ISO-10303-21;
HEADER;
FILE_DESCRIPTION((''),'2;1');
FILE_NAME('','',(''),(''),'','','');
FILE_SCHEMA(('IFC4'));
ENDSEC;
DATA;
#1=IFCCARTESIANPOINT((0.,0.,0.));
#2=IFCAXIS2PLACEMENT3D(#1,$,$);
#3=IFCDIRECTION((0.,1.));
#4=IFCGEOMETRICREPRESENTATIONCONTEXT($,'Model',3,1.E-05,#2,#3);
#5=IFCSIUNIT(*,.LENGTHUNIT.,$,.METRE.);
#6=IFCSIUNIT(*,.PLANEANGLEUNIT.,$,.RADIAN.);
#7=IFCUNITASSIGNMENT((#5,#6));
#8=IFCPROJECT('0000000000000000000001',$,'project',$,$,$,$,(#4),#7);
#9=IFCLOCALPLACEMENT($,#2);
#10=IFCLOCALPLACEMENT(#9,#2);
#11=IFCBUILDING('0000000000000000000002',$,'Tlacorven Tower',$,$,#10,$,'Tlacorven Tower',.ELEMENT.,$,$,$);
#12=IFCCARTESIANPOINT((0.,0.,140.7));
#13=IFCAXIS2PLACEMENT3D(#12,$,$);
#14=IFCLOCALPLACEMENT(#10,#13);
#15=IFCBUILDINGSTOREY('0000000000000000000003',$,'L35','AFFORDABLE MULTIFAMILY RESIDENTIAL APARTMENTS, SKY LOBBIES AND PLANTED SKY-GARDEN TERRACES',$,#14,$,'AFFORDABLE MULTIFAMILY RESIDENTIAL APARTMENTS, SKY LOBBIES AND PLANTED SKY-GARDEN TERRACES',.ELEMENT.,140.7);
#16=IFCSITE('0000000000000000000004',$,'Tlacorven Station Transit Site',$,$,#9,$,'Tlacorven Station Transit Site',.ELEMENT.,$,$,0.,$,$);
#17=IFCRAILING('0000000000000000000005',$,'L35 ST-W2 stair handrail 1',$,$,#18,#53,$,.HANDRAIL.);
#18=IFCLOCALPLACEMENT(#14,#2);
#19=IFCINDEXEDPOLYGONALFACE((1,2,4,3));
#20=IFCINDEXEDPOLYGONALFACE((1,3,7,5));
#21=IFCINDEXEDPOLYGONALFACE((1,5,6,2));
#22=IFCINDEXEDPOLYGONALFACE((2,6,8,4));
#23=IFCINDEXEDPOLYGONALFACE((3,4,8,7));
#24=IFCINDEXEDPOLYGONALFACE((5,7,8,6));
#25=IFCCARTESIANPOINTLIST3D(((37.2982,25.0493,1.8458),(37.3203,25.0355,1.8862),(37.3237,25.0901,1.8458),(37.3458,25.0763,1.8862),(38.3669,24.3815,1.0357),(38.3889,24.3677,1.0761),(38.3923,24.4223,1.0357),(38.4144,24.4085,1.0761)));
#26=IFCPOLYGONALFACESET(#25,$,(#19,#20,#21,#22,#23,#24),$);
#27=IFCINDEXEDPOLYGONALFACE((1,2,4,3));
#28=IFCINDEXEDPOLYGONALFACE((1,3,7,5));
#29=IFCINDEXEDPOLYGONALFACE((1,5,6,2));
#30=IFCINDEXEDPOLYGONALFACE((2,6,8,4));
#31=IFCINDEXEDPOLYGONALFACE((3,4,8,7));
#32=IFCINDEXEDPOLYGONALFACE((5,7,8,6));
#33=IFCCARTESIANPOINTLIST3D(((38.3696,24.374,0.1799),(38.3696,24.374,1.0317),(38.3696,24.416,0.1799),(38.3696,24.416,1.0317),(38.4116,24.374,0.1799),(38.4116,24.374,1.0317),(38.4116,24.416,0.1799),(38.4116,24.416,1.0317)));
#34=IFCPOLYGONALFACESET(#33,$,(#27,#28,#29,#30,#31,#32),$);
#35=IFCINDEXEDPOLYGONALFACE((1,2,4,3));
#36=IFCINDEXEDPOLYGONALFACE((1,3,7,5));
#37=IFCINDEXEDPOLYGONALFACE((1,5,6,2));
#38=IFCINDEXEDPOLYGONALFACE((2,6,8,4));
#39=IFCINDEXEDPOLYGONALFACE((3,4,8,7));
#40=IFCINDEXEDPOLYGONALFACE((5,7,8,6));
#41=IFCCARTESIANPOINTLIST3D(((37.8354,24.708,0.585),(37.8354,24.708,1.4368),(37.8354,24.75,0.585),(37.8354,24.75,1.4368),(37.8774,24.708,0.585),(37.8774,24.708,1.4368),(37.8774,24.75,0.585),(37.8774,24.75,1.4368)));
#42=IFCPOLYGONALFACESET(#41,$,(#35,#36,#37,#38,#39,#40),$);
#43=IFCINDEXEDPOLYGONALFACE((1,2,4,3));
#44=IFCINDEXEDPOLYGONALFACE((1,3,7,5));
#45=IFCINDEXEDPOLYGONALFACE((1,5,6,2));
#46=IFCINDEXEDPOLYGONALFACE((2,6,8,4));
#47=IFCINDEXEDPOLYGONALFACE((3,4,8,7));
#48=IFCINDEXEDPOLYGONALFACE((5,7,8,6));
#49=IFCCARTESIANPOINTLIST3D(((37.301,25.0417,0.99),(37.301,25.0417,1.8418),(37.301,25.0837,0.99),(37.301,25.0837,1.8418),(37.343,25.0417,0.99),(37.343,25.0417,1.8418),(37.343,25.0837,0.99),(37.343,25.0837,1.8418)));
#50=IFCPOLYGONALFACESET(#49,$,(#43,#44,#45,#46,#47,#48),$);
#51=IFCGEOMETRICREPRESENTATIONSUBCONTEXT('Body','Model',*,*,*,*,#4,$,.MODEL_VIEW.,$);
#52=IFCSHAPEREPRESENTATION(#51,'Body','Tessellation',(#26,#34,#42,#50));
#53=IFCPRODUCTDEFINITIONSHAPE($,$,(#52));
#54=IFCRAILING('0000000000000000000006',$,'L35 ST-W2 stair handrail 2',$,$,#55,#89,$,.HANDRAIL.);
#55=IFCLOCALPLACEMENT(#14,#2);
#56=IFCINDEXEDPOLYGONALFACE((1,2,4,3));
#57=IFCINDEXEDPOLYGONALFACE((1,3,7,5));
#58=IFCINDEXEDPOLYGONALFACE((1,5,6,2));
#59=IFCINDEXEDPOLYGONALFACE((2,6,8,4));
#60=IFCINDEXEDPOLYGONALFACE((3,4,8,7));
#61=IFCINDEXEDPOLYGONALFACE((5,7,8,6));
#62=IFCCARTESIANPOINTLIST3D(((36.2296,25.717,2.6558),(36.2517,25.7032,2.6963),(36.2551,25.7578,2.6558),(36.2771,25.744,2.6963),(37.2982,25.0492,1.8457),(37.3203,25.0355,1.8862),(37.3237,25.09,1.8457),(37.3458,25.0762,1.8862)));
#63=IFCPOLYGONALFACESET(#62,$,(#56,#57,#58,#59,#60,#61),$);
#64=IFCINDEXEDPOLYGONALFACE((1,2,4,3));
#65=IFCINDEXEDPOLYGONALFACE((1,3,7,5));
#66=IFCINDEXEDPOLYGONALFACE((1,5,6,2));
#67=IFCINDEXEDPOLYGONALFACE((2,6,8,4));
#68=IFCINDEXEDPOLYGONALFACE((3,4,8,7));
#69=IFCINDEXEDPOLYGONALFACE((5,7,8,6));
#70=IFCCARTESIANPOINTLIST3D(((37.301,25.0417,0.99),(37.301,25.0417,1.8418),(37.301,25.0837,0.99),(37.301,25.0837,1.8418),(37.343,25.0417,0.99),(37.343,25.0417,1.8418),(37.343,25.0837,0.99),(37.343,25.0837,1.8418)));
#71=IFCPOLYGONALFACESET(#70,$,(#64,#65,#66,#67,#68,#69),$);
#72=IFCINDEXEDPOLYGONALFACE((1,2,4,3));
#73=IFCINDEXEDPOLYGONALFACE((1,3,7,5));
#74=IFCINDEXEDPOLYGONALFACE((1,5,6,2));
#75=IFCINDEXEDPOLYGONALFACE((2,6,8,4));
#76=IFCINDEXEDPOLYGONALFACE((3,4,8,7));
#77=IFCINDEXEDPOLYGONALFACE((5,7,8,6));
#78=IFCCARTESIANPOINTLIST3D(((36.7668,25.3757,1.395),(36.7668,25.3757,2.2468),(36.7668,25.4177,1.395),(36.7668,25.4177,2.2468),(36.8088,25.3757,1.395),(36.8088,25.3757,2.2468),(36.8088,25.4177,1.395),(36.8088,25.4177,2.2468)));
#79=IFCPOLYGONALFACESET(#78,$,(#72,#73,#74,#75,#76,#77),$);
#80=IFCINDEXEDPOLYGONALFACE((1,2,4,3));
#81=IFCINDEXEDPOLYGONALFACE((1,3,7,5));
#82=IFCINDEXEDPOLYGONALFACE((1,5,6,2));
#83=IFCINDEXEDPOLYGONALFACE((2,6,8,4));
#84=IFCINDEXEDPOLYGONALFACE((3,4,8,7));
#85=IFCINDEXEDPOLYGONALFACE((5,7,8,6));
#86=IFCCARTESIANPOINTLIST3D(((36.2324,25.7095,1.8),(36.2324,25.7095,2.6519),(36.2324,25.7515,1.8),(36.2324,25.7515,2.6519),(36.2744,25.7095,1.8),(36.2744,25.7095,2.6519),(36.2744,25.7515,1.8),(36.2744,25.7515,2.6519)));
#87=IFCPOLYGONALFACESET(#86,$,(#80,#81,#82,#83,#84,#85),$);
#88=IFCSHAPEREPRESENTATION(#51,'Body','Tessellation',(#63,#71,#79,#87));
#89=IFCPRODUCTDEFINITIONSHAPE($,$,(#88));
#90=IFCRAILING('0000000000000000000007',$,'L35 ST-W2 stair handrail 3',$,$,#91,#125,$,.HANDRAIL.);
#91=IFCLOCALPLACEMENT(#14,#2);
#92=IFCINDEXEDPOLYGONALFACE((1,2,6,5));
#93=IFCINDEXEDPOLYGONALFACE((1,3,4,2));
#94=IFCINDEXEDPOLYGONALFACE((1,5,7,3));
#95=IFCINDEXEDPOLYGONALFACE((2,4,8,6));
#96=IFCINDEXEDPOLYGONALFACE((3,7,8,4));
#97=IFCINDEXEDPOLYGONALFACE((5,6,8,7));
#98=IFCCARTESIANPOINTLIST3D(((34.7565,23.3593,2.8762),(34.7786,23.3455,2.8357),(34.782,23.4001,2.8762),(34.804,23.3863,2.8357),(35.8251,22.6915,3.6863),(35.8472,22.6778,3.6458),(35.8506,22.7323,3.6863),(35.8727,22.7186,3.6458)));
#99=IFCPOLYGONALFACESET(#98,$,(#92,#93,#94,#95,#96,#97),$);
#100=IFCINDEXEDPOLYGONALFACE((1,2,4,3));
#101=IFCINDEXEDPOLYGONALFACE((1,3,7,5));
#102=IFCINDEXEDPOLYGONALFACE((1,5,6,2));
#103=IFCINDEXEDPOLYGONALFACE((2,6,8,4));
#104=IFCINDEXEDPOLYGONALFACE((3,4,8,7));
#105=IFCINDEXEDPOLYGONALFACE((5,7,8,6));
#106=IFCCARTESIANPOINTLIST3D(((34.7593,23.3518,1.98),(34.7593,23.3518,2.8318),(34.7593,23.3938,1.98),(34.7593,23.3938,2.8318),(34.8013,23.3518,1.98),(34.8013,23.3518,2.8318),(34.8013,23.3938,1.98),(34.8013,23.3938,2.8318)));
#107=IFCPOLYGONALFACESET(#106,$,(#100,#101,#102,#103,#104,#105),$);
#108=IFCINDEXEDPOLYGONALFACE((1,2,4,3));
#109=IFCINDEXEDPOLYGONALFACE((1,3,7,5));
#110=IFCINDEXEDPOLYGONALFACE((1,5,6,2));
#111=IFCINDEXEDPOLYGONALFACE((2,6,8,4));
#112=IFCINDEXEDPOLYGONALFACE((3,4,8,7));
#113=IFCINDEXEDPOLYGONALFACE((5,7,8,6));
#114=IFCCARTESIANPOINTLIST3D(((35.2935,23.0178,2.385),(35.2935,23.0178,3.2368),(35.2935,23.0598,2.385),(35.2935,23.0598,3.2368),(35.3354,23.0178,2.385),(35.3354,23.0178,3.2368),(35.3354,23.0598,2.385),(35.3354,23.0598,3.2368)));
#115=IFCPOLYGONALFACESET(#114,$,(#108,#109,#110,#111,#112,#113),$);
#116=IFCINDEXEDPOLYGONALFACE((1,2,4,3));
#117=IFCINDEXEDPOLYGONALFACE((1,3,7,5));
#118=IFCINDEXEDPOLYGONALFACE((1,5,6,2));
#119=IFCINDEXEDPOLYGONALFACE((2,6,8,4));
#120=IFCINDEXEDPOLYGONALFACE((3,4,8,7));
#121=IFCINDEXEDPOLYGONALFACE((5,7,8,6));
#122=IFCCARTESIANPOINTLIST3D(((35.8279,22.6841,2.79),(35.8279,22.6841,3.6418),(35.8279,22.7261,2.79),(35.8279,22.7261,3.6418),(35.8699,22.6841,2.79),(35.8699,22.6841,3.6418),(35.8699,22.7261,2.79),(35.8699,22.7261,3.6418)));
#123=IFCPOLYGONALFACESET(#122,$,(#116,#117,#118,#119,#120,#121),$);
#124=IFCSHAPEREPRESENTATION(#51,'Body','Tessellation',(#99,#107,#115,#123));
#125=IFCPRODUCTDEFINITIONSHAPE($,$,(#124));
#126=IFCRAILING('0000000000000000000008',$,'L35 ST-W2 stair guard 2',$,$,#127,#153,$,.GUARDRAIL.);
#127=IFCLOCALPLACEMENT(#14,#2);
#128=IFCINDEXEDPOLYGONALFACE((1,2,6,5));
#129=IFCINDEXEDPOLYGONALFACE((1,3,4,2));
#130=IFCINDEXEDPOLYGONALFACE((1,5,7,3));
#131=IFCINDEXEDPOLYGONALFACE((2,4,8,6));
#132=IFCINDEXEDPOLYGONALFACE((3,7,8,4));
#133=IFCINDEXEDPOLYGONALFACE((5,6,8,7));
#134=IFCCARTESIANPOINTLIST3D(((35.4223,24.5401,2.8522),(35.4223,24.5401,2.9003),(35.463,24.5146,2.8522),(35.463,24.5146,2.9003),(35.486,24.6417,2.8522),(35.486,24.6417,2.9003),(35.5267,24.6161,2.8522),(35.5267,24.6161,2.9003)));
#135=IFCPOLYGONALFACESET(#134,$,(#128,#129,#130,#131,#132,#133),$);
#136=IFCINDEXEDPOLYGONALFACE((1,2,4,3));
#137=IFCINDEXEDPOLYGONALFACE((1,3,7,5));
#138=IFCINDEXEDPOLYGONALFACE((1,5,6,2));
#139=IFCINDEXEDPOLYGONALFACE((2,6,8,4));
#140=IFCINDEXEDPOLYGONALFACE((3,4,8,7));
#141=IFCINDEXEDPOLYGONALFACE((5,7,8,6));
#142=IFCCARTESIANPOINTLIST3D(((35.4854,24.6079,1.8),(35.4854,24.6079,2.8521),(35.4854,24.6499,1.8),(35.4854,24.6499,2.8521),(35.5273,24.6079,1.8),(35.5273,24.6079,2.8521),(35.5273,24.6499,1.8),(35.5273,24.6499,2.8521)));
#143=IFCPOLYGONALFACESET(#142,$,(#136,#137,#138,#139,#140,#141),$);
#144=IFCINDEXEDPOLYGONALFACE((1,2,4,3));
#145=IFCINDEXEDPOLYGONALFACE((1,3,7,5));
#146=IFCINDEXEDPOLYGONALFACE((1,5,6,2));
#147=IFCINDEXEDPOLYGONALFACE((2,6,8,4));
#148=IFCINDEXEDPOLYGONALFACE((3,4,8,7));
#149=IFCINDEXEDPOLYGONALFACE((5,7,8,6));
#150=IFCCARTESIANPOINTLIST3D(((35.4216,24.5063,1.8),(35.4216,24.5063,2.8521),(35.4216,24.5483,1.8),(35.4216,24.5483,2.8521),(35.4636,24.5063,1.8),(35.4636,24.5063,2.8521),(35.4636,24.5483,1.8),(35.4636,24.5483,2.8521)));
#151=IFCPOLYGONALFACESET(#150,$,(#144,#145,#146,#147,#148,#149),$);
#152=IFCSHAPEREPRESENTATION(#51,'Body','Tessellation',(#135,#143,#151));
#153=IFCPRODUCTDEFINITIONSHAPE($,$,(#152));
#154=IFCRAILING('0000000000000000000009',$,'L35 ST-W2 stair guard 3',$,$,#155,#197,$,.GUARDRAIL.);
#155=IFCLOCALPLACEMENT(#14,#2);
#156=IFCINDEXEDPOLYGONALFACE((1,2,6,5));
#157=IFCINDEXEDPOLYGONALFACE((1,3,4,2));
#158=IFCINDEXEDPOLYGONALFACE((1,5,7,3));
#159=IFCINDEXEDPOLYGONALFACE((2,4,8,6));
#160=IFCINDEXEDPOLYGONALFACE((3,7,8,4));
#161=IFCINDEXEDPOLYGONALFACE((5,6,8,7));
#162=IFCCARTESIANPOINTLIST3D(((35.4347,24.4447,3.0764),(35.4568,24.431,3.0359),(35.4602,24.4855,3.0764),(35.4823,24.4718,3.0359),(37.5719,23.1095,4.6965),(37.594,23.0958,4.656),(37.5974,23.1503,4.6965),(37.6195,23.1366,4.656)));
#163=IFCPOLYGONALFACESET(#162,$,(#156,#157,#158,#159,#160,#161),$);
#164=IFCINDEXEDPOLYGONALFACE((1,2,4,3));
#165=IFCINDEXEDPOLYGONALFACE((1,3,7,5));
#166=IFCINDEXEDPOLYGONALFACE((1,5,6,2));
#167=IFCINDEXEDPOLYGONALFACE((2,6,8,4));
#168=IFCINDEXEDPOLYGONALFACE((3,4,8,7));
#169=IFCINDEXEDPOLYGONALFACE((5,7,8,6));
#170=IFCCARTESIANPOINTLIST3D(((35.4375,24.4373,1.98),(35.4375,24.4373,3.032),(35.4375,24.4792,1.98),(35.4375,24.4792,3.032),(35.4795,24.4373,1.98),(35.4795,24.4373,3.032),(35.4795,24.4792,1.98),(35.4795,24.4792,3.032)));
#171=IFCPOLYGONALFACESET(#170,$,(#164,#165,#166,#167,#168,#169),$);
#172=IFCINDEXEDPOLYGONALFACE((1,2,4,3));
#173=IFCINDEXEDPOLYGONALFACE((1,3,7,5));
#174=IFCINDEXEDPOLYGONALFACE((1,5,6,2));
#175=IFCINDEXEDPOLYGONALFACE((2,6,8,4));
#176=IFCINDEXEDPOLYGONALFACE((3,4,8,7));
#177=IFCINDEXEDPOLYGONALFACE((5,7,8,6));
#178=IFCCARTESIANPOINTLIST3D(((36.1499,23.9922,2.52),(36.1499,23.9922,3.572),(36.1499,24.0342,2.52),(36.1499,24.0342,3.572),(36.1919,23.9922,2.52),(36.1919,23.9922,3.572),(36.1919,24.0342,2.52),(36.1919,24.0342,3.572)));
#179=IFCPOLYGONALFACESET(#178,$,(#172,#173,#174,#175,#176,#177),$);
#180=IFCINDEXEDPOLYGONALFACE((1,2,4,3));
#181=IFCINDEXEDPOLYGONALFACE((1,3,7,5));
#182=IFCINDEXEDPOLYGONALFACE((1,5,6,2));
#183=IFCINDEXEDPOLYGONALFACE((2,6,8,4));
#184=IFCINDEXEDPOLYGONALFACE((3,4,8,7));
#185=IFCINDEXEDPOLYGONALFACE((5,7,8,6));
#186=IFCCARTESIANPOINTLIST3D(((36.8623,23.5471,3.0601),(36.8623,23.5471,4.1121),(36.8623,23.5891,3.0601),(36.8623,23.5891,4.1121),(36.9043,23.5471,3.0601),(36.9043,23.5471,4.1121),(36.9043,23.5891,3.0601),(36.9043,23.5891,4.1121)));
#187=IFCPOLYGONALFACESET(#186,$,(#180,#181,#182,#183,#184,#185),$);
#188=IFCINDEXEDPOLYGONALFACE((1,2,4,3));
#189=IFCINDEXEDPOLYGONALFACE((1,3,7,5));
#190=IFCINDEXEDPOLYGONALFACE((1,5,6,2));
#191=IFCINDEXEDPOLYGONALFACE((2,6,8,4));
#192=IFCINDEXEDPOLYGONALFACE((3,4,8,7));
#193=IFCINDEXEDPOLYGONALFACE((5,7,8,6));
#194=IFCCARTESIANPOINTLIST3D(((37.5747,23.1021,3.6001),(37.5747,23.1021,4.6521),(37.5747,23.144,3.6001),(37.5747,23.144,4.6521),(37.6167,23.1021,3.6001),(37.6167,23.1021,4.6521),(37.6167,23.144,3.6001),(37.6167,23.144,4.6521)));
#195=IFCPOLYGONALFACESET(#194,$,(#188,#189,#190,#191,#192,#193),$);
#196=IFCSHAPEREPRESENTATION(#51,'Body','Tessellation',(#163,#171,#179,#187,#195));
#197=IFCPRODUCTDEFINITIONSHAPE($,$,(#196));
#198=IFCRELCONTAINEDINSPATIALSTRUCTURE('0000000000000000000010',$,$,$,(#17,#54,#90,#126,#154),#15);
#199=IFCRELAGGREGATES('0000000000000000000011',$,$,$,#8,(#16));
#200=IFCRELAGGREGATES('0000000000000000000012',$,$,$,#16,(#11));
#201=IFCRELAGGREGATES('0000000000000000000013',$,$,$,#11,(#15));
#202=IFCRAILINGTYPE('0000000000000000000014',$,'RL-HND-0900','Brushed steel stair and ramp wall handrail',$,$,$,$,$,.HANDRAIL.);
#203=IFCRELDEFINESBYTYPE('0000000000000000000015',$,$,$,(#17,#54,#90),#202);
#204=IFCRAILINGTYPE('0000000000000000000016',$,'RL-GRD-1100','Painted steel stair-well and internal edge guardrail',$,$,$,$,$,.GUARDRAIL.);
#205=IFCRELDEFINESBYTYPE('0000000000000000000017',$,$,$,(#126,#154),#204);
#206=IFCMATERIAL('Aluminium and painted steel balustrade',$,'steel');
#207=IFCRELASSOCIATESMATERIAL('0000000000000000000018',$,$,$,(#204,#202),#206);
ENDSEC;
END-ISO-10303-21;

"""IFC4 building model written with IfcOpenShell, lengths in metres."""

from ifc_helpers import new_model, si_unit, direction, frame, origin, origin_2d, place, context, subcontext, project, spatial, rectangle, extrude, source, transform, mapped, material, type_object, element, save


model = new_model("IFC4")

# Units and contexts
model_context = context("Model", 3, precision=1e-05, world=origin(), true_north=direction((0.0, 1.0)))
body_context = subcontext(model_context, "Body", "Model", "MODEL_VIEW")
ifc_project = project(units=[si_unit("LENGTHUNIT", "METRE"), si_unit("PLANEANGLEUNIT", "RADIAN")], contexts=[model_context])

# Site, building, storey
site_placement = place(None, origin())
site = spatial("IfcSite", under=ifc_project, at=site_placement, Name="Tlacorven Station Transit Site", LongName="Tlacorven Station Transit Site", CompositionType="ELEMENT", RefElevation=0.0)
building_placement = place(site_placement, origin())
building = spatial("IfcBuilding", under=site, at=building_placement, Name="Tlacorven Tower", LongName="Tlacorven Tower", CompositionType="ELEMENT")
storey_placement = place(building_placement, frame((0.0, 0.0, 140.7)))
storey = spatial("IfcBuildingStorey", under=building, at=storey_placement, Name="L35", Description="AFFORDABLE MULTIFAMILY RESIDENTIAL APARTMENTS, SKY LOBBIES AND PLANTED SKY-GARDEN TERRACES", LongName="AFFORDABLE MULTIFAMILY RESIDENTIAL APARTMENTS, SKY LOBBIES AND PLANTED SKY-GARDEN TERRACES", CompositionType="ELEMENT", Elevation=140.7)

# Railings
ifc_material_1 = material(Name="Aluminium and painted steel balustrade", Category="steel")
railing_type_1 = type_object("IfcRailingType", Name="RL-GRD-1100", Description="Painted steel stair-well and internal edge guardrail", PredefinedType="GUARDRAIL", material=ifc_material_1)
railing_type_2 = type_object("IfcRailingType", Name="RL-HND-0900", Description="Brushed steel stair and ramp wall handrail", PredefinedType="HANDRAIL", material=ifc_material_1)
shared_shape_1 = source(origin(), body_context, "Body", "SweptSolid", [
    extrude(rectangle(XDim=0.0481, YDim=0.0481, at=origin_2d()), frame((0.0, 0.0, 0.876), z_axis=(-0.71336, 0.445748, 0.540765), x_axis=(-0.529912, -0.848053, 0.0)), (0.0, 0.0, 1.0), 1.498),
    extrude(rectangle(XDim=0.042, YDim=0.042, at=origin_2d()), origin(), (0.0, 0.0, 1.0), 0.8518),
    extrude(rectangle(XDim=0.042, YDim=0.042, at=origin_2d()), frame((-0.5342, 0.334, 0.405)), (0.0, 0.0, 1.0), 0.8518),
    extrude(rectangle(XDim=0.042, YDim=0.042, at=origin_2d()), frame((-1.0686, 0.6677, 0.8101)), (0.0, 0.0, 1.0), 0.8518),
])
for number, where, name in (
    (1, (38.3906, 24.395, 0.1799), "L35 ST-W2 stair handrail 1"),
    (2, (37.322, 25.0627, 0.99), "L35 ST-W2 stair handrail 2"),
):
    element("IfcRailing", number, at=place(storey_placement, frame(where)), inside=storey, type_object=railing_type_2, Name=name, PredefinedType="HANDRAIL", context=body_context, shape_type="MappedRepresentation", body=[
        mapped(shared_shape_1, transform((0.0, 0.0, 0.0), scale=1.0)),
    ])
shared_shape_2 = source(origin(), body_context, "Body", "SweptSolid", [
    extrude(rectangle(XDim=0.0481, YDim=0.0481, at=origin_2d()), frame((0.0, 0.0, 0.876), z_axis=(0.71336, -0.445748, 0.540765), x_axis=(0.529912, 0.848053, 0.0)), (0.0, 0.0, 1.0), 1.498),
    extrude(rectangle(XDim=0.042, YDim=0.042, at=origin_2d()), origin(), (0.0, 0.0, 1.0), 0.8518),
    extrude(rectangle(XDim=0.042, YDim=0.042, at=origin_2d()), frame((0.5342, -0.334, 0.405)), (0.0, 0.0, 1.0), 0.8518),
    extrude(rectangle(XDim=0.042, YDim=0.042, at=origin_2d()), frame((1.0686, -0.6677, 0.8101)), (0.0, 0.0, 1.0), 0.8518),
])
railing_1_placement = place(storey_placement, frame((34.7803, 23.3728, 1.98)))
element("IfcRailing", 3, at=railing_1_placement, inside=storey, type_object=railing_type_2, Name="L35 ST-W2 stair handrail 3", PredefinedType="HANDRAIL", context=body_context, shape_type="MappedRepresentation", body=[
    mapped(shared_shape_2, transform((0.0, 0.0, 0.0), scale=1.0)),
])
shared_shape_3 = source(origin(), body_context, "Body", "SweptSolid", [
    extrude(rectangle(XDim=0.0481, YDim=0.0481, at=origin_2d()), frame((0.0, 0.0, 1.0762), z_axis=(-0.531462, -0.847082, 0.0), x_axis=(0.847082, -0.531462, 0.0)), (0.0, 0.0, 1.0), 0.1199),
    extrude(rectangle(XDim=0.042, YDim=0.042, at=origin_2d()), origin(), (0.0, 0.0, 1.0), 1.052),
    extrude(rectangle(XDim=0.042, YDim=0.042, at=origin_2d()), frame((-0.0637, -0.1016, 0.0)), (0.0, 0.0, 1.0), 1.052),
])
railing_2_placement = place(storey_placement, frame((35.5063, 24.6289, 1.8)))
element("IfcRailing", 4, at=railing_2_placement, inside=storey, type_object=railing_type_1, Name="L35 ST-W2 stair guard 2", PredefinedType="GUARDRAIL", context=body_context, shape_type="MappedRepresentation", body=[
    mapped(shared_shape_3, transform((0.0, 0.0, 0.0), scale=1.0)),
])
shared_shape_4 = source(origin(), body_context, "Body", "SweptSolid", [
    extrude(rectangle(XDim=0.0481, YDim=0.0481, at=origin_2d()), frame((0.0, 0.0, 1.0762), z_axis=(0.713386, -0.445683, 0.540784), x_axis=(0.529842, 0.848096, 0.0)), (0.0, 0.0, 1.0), 2.9958),
    extrude(rectangle(XDim=0.042, YDim=0.042, at=origin_2d()), origin(), (0.0, 0.0, 1.0), 1.052),
    extrude(rectangle(XDim=0.042, YDim=0.042, at=origin_2d()), frame((0.7124, -0.4451, 0.54)), (0.0, 0.0, 1.0), 1.052),
    extrude(rectangle(XDim=0.042, YDim=0.042, at=origin_2d()), frame((1.4248, -0.8901, 1.0801)), (0.0, 0.0, 1.0), 1.052),
    extrude(rectangle(XDim=0.042, YDim=0.042, at=origin_2d()), frame((2.1372, -1.3352, 1.6201)), (0.0, 0.0, 1.0), 1.052),
])
railing_3_placement = place(storey_placement, frame((35.4585, 24.4583, 1.98)))
element("IfcRailing", 5, at=railing_3_placement, inside=storey, type_object=railing_type_1, Name="L35 ST-W2 stair guard 3", PredefinedType="GUARDRAIL", context=body_context, shape_type="MappedRepresentation", body=[
    mapped(shared_shape_4, transform((0.0, 0.0, 0.0), scale=1.0)),
])

save(model, "model.ifc")
